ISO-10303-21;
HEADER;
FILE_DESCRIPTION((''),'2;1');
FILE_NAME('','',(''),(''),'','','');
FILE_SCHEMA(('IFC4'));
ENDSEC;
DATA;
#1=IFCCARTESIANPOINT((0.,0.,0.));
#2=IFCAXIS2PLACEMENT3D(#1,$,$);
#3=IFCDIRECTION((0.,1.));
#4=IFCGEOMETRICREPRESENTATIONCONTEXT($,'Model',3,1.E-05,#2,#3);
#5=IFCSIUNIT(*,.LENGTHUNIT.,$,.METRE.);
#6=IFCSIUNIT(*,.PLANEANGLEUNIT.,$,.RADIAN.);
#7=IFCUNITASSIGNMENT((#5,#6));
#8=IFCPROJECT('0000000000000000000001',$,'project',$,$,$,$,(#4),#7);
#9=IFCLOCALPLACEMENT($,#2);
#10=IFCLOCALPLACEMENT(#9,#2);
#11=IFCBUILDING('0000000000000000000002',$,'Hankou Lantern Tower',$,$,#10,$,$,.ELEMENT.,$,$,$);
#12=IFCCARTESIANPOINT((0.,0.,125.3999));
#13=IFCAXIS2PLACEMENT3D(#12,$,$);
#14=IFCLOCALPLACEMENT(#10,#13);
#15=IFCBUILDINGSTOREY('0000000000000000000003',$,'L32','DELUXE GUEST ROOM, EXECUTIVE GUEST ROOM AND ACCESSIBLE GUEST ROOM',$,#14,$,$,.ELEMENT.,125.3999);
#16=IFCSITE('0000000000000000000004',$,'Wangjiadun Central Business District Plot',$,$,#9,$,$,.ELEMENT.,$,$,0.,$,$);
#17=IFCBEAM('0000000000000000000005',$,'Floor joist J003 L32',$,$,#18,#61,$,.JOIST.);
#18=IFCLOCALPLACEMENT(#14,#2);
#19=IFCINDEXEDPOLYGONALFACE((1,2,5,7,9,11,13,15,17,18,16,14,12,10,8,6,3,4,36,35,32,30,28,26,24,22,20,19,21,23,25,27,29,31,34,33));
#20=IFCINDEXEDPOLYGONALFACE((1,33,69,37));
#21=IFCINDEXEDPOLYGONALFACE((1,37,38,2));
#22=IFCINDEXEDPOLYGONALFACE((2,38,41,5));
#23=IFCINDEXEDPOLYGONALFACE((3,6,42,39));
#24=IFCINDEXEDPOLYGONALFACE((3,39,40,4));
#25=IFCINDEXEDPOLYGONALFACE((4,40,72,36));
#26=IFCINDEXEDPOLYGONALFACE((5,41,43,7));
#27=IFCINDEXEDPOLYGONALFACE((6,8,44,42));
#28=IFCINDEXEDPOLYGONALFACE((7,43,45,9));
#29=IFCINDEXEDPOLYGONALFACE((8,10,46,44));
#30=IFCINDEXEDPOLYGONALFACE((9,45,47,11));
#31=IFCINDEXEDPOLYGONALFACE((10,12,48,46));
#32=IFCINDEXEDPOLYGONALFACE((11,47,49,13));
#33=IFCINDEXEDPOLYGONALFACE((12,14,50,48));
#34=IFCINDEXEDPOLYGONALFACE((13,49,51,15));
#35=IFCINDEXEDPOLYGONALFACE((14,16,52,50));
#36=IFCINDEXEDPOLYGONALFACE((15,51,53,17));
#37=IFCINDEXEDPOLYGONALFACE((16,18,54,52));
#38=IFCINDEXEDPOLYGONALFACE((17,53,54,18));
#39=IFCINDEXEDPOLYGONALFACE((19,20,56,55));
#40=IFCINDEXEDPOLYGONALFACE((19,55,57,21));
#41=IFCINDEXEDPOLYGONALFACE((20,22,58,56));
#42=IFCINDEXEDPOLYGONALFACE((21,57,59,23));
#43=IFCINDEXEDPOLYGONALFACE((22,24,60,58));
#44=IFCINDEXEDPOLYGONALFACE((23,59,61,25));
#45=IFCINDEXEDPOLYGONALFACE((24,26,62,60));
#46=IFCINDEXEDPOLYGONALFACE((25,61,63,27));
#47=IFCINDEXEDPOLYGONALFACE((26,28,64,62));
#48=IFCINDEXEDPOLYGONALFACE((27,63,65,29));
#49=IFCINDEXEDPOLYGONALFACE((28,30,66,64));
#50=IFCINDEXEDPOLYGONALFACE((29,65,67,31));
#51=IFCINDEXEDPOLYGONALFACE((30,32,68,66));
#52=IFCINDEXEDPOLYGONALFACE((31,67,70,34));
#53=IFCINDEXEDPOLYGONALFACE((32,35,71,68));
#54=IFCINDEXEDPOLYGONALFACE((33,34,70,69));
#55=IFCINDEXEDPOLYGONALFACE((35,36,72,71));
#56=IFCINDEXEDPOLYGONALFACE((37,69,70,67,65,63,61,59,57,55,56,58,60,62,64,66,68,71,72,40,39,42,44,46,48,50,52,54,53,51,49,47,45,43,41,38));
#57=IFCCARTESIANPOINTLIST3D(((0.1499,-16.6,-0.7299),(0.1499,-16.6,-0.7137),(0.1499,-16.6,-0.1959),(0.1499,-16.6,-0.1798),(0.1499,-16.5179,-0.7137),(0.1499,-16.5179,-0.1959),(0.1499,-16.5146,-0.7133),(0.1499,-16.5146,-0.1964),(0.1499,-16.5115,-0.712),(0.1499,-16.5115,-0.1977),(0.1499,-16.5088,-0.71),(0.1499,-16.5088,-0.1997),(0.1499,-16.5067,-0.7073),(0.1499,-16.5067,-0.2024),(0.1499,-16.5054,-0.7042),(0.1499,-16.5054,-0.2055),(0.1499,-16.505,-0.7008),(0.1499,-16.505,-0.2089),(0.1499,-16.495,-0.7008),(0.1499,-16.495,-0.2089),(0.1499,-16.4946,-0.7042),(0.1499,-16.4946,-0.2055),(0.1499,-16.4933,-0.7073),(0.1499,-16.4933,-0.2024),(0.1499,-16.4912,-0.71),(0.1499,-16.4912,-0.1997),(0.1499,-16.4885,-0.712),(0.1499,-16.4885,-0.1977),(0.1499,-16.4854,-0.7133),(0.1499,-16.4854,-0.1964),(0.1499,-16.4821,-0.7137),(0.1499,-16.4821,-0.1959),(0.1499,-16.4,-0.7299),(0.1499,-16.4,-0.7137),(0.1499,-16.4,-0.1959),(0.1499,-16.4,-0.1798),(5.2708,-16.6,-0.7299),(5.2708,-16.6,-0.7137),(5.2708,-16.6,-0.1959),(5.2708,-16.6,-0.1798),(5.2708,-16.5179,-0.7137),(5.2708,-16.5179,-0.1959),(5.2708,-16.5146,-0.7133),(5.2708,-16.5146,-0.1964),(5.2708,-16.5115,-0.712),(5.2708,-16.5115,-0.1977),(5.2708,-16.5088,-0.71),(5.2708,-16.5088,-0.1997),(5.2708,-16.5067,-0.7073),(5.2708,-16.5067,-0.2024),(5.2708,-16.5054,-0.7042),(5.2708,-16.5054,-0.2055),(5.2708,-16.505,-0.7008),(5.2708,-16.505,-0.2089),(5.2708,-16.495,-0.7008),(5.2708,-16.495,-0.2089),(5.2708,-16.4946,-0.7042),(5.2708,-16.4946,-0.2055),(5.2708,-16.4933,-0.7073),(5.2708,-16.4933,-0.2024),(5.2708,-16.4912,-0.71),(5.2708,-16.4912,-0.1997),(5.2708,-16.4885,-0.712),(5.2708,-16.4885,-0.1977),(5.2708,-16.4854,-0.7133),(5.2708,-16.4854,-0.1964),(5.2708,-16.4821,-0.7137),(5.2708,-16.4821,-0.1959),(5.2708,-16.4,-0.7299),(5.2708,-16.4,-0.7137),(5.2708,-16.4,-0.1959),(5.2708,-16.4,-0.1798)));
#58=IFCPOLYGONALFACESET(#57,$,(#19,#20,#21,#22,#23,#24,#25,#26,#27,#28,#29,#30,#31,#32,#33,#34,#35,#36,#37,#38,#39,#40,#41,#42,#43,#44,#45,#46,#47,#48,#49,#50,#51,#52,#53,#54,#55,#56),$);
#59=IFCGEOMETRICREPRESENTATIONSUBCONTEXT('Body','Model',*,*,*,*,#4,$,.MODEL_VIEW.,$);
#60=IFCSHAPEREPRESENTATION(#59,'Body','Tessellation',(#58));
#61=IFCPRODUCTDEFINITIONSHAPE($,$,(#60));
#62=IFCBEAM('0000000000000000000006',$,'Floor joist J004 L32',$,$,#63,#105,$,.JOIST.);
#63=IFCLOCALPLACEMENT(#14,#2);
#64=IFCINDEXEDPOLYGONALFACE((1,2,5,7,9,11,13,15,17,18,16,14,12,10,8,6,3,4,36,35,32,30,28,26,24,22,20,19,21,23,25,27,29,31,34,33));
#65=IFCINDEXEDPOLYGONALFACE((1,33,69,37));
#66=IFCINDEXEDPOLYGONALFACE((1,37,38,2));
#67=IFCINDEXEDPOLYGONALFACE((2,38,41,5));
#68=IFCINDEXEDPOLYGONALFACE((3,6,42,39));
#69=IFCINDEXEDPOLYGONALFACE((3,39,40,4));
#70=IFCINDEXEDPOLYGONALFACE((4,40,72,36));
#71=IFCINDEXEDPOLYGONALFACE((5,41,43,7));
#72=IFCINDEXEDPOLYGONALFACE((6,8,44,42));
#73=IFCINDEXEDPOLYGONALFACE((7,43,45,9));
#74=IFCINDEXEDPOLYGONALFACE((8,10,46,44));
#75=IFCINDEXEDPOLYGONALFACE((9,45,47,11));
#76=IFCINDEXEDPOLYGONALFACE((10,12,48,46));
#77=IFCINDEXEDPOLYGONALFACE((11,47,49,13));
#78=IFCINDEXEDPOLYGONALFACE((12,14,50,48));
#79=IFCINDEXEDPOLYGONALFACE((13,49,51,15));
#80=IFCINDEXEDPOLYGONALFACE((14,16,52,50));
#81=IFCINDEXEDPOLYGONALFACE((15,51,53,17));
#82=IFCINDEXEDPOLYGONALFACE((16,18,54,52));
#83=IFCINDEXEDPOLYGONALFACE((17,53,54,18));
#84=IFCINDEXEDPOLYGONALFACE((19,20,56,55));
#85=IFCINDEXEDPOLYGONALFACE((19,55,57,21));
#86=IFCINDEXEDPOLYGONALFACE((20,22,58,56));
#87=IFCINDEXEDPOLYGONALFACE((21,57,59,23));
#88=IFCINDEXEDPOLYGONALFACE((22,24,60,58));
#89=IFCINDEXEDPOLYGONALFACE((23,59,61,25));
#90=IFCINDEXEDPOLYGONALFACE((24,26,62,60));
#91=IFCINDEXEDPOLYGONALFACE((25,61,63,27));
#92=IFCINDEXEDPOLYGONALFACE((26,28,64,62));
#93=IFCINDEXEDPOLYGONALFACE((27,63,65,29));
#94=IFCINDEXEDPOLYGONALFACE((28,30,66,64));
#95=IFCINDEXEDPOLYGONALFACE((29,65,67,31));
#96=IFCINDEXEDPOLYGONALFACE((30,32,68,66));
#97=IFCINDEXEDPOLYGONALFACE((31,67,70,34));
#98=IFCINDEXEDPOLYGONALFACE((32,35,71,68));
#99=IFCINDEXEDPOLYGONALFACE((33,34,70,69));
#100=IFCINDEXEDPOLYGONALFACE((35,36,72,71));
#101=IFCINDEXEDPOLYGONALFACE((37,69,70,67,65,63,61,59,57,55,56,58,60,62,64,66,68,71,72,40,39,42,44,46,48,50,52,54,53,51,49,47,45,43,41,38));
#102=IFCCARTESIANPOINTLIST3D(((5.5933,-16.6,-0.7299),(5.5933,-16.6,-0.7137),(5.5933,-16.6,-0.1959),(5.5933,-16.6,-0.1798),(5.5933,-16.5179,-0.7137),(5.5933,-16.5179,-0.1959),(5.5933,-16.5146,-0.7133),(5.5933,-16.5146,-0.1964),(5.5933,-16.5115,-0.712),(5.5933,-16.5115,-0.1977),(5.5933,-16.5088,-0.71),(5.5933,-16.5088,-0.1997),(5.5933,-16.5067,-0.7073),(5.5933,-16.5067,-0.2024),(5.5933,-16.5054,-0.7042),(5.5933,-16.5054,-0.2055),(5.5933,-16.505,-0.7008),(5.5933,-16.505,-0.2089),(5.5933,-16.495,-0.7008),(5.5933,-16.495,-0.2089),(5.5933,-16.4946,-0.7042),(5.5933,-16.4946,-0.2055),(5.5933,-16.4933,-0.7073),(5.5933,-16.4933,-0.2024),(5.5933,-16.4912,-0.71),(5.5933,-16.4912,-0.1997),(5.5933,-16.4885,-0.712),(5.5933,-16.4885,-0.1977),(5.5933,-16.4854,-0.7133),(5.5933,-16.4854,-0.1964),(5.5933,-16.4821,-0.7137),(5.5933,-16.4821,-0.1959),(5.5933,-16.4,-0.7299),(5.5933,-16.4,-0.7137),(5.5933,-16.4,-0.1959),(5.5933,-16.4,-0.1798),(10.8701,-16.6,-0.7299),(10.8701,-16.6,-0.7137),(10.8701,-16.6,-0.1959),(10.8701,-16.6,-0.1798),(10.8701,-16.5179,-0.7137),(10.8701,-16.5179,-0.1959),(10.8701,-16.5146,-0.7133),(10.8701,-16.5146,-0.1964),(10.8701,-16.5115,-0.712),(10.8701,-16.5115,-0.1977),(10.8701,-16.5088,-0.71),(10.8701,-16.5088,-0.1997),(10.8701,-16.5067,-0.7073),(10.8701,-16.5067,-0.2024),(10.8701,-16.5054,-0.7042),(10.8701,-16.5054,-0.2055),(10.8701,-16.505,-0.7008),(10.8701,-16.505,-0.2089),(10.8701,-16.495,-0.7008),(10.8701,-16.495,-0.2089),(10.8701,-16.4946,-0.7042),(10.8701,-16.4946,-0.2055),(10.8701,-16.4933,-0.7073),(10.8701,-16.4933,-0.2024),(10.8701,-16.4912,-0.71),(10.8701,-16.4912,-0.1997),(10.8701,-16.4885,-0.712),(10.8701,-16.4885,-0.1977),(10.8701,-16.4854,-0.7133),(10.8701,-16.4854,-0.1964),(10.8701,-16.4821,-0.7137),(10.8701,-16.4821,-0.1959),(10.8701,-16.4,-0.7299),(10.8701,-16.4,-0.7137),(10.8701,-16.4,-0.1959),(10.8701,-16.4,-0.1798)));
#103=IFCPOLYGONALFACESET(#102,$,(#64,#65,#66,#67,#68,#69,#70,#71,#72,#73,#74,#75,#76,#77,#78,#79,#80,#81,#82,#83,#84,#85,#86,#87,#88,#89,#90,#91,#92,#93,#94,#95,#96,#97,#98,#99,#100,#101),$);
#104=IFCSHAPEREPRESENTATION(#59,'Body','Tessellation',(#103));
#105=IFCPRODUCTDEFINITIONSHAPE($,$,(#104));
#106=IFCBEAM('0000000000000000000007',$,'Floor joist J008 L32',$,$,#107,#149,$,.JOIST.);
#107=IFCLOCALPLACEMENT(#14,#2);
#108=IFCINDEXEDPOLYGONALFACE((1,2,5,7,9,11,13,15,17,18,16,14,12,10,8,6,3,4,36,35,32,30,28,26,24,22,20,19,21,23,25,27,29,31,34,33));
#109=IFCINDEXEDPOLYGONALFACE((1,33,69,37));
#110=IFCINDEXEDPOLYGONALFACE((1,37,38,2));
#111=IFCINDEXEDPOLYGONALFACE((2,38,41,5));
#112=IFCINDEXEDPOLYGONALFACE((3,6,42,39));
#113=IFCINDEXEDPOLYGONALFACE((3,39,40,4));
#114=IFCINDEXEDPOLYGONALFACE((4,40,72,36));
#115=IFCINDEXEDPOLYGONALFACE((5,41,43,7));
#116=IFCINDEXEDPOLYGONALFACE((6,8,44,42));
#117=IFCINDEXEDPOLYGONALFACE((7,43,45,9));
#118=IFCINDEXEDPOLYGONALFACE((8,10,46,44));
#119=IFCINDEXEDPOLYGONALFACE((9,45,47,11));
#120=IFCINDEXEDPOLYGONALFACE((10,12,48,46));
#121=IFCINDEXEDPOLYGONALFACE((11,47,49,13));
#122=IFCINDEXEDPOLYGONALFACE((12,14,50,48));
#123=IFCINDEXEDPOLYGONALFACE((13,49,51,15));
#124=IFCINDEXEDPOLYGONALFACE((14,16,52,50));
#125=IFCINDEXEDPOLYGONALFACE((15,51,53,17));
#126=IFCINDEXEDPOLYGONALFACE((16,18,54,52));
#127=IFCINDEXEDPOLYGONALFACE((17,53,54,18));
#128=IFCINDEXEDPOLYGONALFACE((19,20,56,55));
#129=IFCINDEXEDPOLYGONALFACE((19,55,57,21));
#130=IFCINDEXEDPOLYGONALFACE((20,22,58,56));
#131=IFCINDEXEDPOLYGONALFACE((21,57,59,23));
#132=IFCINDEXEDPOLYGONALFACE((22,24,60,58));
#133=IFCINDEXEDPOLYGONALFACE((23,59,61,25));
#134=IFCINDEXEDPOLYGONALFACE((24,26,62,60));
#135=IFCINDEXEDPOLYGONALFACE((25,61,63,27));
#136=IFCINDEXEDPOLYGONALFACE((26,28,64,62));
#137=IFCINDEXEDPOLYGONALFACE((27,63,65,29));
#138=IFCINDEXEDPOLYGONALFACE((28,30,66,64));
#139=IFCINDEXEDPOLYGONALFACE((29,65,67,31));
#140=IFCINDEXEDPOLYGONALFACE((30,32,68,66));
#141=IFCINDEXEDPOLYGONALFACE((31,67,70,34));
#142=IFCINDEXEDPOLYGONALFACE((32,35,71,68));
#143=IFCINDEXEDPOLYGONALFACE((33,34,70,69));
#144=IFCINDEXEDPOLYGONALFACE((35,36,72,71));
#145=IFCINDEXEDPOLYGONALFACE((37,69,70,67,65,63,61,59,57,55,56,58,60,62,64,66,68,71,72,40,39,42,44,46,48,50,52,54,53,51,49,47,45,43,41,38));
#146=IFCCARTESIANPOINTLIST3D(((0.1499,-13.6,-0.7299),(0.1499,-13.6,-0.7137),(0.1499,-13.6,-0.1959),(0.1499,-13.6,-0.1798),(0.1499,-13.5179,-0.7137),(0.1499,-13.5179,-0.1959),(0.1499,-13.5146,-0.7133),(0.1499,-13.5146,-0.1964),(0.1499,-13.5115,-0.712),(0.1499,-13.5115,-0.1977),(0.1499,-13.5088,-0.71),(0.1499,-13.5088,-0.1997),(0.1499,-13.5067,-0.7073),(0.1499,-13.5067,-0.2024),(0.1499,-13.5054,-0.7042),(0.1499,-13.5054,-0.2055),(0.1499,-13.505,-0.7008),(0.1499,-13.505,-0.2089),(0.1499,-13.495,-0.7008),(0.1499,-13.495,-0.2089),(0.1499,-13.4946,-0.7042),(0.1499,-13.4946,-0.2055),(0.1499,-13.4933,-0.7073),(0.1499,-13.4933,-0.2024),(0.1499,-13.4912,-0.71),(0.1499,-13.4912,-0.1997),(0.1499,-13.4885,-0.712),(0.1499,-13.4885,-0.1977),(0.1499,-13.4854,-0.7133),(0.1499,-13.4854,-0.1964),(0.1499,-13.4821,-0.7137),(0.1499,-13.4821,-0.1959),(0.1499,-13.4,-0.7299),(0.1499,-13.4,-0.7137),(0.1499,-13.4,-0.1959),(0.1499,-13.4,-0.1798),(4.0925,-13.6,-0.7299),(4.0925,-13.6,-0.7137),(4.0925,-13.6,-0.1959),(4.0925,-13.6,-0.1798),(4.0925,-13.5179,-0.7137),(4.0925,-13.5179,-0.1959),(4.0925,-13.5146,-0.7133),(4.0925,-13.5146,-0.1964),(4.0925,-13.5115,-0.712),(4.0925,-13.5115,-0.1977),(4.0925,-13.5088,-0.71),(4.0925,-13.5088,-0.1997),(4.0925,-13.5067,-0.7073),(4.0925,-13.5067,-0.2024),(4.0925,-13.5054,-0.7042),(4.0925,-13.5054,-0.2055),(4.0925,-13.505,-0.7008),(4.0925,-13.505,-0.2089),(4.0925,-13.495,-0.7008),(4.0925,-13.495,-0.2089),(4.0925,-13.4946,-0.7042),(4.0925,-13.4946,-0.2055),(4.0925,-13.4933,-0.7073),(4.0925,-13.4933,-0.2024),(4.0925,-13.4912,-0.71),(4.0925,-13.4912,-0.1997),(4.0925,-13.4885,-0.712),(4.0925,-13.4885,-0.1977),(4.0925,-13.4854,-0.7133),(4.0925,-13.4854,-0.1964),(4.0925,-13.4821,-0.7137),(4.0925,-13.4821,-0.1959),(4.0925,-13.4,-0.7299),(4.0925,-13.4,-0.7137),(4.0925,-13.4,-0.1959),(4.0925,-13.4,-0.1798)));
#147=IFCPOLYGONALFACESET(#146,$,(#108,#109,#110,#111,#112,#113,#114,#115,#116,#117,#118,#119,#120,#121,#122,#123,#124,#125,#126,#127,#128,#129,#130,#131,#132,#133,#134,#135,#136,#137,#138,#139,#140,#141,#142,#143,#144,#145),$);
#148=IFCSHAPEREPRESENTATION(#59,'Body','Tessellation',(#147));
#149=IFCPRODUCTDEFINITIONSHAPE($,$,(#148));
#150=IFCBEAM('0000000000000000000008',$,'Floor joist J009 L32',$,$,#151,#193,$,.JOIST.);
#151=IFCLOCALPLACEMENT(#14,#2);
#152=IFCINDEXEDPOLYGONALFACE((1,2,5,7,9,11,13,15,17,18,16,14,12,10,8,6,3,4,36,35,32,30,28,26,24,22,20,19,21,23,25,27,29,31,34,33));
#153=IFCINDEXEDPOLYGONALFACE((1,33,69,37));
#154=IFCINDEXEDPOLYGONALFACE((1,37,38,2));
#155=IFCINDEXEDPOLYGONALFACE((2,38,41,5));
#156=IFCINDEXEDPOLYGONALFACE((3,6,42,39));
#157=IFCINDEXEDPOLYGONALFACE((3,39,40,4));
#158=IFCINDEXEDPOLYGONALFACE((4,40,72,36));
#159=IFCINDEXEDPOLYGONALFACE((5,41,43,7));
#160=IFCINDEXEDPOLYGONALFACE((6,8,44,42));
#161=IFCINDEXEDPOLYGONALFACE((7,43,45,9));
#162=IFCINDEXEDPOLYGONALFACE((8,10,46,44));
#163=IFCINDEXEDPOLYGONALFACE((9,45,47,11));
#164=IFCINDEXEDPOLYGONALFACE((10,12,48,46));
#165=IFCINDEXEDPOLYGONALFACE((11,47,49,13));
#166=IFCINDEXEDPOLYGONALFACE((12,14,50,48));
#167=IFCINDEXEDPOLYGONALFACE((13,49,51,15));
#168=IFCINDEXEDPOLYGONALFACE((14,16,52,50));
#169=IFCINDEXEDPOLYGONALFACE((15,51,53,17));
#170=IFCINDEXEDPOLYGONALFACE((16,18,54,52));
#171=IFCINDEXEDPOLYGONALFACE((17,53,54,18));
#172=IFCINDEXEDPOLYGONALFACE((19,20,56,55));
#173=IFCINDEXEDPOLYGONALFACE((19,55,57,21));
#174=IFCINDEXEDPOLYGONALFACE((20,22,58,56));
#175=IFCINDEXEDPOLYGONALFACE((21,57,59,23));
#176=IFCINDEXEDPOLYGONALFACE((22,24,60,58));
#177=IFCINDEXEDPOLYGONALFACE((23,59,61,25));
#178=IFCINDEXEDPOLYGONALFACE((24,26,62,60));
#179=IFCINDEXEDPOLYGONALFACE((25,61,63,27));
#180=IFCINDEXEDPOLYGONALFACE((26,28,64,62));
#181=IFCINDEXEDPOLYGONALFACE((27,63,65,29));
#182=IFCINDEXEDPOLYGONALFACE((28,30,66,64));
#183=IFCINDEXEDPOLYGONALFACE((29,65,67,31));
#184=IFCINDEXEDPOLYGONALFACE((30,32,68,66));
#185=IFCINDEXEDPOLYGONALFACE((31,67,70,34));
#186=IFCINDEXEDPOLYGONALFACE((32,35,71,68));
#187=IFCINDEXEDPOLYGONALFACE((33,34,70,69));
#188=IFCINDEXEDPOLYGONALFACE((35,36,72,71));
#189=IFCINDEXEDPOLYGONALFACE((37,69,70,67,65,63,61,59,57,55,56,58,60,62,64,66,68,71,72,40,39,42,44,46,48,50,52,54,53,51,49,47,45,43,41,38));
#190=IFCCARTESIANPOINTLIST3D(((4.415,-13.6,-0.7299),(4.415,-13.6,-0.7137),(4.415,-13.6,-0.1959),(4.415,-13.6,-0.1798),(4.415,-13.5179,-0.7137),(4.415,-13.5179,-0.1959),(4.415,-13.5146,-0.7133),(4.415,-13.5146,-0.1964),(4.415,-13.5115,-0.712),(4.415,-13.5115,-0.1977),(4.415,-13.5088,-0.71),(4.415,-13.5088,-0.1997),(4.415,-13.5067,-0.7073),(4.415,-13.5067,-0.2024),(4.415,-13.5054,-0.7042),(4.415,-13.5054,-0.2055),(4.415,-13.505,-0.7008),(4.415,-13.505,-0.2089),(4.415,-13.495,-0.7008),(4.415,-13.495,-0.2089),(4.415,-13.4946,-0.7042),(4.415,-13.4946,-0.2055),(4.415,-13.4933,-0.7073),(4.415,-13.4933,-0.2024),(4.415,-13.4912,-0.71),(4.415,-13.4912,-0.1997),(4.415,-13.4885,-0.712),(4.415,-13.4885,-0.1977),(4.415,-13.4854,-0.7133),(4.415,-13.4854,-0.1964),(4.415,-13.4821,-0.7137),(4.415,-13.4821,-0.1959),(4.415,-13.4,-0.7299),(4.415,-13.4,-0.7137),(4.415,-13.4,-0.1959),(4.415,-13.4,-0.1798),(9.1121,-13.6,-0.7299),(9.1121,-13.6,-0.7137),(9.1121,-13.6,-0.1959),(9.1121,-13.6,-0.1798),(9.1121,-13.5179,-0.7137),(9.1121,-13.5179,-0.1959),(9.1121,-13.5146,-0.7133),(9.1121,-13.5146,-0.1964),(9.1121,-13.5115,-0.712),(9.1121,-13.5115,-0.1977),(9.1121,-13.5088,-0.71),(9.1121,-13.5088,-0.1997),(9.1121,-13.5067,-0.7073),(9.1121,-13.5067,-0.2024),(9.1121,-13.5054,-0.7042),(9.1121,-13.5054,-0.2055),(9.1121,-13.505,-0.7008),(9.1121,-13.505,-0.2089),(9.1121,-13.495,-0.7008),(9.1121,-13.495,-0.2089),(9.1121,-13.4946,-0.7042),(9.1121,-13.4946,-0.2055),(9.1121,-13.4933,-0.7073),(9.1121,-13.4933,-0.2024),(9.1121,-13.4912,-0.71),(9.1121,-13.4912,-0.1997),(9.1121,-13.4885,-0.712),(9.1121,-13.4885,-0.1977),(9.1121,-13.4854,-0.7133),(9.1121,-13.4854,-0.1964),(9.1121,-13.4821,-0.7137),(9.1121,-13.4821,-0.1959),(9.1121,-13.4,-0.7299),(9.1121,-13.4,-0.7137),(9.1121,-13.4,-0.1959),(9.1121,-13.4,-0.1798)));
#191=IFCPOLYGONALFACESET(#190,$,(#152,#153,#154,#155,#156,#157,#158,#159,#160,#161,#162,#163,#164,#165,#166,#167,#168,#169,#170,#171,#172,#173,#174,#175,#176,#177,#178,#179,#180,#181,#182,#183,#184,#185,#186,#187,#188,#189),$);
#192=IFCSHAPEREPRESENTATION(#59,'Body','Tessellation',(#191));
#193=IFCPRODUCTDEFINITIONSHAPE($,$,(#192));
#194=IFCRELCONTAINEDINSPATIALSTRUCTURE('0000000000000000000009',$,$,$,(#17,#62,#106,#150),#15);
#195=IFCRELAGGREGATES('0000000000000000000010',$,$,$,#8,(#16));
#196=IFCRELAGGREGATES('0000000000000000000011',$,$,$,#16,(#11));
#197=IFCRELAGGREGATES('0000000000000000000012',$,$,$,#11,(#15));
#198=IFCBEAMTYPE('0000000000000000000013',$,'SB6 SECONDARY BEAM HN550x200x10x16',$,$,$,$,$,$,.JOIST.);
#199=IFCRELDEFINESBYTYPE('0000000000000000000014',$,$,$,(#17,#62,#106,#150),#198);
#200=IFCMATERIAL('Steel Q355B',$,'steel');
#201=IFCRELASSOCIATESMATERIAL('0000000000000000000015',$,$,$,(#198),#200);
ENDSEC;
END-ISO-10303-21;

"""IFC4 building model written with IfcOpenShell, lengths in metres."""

from ifc_helpers import new_model, si_unit, direction, frame, origin, origin_2d, place, context, subcontext, project, spatial, i_section, extrude, material, material_profile, profile_set, type_object, element, save


model = new_model("IFC4")

# Units and contexts
model_context = context("Model", 3, precision=1e-05, world=origin(), true_north=direction((0.0, 1.0)))
body_context = subcontext(model_context, "Body", "Model", "MODEL_VIEW")
ifc_project = project(units=[si_unit("LENGTHUNIT", "METRE"), si_unit("PLANEANGLEUNIT", "RADIAN")], contexts=[model_context])

# Site, building, storey
site_placement = place(None, origin())
site = spatial("IfcSite", under=ifc_project, at=site_placement, Name="Wangjiadun Central Business District Plot", CompositionType="ELEMENT", RefElevation=0.0)
building_placement = place(site_placement, origin())
building = spatial("IfcBuilding", under=site, at=building_placement, Name="Hankou Lantern Tower", CompositionType="ELEMENT")
storey_placement = place(building_placement, frame((0.0, 0.0, 125.3999)))
storey = spatial("IfcBuildingStorey", under=building, at=storey_placement, Name="L32", Description="DELUXE GUEST ROOM, EXECUTIVE GUEST ROOM AND ACCESSIBLE GUEST ROOM", CompositionType="ELEMENT", Elevation=125.3999)

# Beams
ifc_material_1 = material(Name="Steel Q355B", Category="steel")
ifc_material_profile_1 = material_profile(ifc_material_1, i_section(OverallWidth=0.2, OverallDepth=0.55, WebThickness=0.01, FlangeThickness=0.0161, FilletRadius=0.0129, at=origin_2d()), Name="HN550x200x10x16")
ifc_profile_set_1 = profile_set([ifc_material_profile_1], Name="Steel Q355B")
beam_type_1 = type_object("IfcBeamType", Name="SB6 SECONDARY BEAM HN550x200x10x16", PredefinedType="JOIST", material=ifc_profile_set_1)
beam_1_placement = place(storey_placement, frame((0.1499, -16.5, -0.4548), z_axis=(1.0, 0.0, 0.0), x_axis=(0.0, 1.0, 0.0)))
element("IfcBeam", 1, at=beam_1_placement, inside=storey, type_object=beam_type_1, Name="Floor joist J003 L32", PredefinedType="JOIST", context=body_context, shape_type="SweptSolid", body=[
    extrude(i_section(OverallWidth=0.2, OverallDepth=0.55, WebThickness=0.01, FlangeThickness=0.0161, FilletRadius=0.0129, at=origin_2d()), origin(), (0.0, 0.0, 1.0), 5.1208),
])
beam_2_placement = place(storey_placement, frame((5.5933, -16.5, -0.4548), z_axis=(1.0, 0.0, 0.0), x_axis=(0.0, 1.0, 0.0)))
element("IfcBeam", 2, at=beam_2_placement, inside=storey, type_object=beam_type_1, Name="Floor joist J004 L32", PredefinedType="JOIST", context=body_context, shape_type="SweptSolid", body=[
    extrude(i_section(OverallWidth=0.2, OverallDepth=0.55, WebThickness=0.01, FlangeThickness=0.0161, FilletRadius=0.0129, at=origin_2d()), origin(), (0.0, 0.0, 1.0), 5.2769),
])
beam_3_placement = place(storey_placement, frame((0.1499, -13.5, -0.4548), z_axis=(1.0, 0.0, 0.0), x_axis=(0.0, 1.0, 0.0)))
element("IfcBeam", 3, at=beam_3_placement, inside=storey, type_object=beam_type_1, Name="Floor joist J008 L32", PredefinedType="JOIST", context=body_context, shape_type="SweptSolid", body=[
    extrude(i_section(OverallWidth=0.2, OverallDepth=0.55, WebThickness=0.01, FlangeThickness=0.0161, FilletRadius=0.0129, at=origin_2d()), origin(), (0.0, 0.0, 1.0), 3.9426),
])
beam_4_placement = place(storey_placement, frame((4.415, -13.5, -0.4548), z_axis=(1.0, 0.0, 0.0), x_axis=(0.0, 1.0, 0.0)))
element("IfcBeam", 4, at=beam_4_placement, inside=storey, type_object=beam_type_1, Name="Floor joist J009 L32", PredefinedType="JOIST", context=body_context, shape_type="SweptSolid", body=[
    extrude(i_section(OverallWidth=0.2, OverallDepth=0.55, WebThickness=0.01, FlangeThickness=0.0161, FilletRadius=0.0129, at=origin_2d()), origin(), (0.0, 0.0, 1.0), 4.697),
])

save(model, "model.ifc")
